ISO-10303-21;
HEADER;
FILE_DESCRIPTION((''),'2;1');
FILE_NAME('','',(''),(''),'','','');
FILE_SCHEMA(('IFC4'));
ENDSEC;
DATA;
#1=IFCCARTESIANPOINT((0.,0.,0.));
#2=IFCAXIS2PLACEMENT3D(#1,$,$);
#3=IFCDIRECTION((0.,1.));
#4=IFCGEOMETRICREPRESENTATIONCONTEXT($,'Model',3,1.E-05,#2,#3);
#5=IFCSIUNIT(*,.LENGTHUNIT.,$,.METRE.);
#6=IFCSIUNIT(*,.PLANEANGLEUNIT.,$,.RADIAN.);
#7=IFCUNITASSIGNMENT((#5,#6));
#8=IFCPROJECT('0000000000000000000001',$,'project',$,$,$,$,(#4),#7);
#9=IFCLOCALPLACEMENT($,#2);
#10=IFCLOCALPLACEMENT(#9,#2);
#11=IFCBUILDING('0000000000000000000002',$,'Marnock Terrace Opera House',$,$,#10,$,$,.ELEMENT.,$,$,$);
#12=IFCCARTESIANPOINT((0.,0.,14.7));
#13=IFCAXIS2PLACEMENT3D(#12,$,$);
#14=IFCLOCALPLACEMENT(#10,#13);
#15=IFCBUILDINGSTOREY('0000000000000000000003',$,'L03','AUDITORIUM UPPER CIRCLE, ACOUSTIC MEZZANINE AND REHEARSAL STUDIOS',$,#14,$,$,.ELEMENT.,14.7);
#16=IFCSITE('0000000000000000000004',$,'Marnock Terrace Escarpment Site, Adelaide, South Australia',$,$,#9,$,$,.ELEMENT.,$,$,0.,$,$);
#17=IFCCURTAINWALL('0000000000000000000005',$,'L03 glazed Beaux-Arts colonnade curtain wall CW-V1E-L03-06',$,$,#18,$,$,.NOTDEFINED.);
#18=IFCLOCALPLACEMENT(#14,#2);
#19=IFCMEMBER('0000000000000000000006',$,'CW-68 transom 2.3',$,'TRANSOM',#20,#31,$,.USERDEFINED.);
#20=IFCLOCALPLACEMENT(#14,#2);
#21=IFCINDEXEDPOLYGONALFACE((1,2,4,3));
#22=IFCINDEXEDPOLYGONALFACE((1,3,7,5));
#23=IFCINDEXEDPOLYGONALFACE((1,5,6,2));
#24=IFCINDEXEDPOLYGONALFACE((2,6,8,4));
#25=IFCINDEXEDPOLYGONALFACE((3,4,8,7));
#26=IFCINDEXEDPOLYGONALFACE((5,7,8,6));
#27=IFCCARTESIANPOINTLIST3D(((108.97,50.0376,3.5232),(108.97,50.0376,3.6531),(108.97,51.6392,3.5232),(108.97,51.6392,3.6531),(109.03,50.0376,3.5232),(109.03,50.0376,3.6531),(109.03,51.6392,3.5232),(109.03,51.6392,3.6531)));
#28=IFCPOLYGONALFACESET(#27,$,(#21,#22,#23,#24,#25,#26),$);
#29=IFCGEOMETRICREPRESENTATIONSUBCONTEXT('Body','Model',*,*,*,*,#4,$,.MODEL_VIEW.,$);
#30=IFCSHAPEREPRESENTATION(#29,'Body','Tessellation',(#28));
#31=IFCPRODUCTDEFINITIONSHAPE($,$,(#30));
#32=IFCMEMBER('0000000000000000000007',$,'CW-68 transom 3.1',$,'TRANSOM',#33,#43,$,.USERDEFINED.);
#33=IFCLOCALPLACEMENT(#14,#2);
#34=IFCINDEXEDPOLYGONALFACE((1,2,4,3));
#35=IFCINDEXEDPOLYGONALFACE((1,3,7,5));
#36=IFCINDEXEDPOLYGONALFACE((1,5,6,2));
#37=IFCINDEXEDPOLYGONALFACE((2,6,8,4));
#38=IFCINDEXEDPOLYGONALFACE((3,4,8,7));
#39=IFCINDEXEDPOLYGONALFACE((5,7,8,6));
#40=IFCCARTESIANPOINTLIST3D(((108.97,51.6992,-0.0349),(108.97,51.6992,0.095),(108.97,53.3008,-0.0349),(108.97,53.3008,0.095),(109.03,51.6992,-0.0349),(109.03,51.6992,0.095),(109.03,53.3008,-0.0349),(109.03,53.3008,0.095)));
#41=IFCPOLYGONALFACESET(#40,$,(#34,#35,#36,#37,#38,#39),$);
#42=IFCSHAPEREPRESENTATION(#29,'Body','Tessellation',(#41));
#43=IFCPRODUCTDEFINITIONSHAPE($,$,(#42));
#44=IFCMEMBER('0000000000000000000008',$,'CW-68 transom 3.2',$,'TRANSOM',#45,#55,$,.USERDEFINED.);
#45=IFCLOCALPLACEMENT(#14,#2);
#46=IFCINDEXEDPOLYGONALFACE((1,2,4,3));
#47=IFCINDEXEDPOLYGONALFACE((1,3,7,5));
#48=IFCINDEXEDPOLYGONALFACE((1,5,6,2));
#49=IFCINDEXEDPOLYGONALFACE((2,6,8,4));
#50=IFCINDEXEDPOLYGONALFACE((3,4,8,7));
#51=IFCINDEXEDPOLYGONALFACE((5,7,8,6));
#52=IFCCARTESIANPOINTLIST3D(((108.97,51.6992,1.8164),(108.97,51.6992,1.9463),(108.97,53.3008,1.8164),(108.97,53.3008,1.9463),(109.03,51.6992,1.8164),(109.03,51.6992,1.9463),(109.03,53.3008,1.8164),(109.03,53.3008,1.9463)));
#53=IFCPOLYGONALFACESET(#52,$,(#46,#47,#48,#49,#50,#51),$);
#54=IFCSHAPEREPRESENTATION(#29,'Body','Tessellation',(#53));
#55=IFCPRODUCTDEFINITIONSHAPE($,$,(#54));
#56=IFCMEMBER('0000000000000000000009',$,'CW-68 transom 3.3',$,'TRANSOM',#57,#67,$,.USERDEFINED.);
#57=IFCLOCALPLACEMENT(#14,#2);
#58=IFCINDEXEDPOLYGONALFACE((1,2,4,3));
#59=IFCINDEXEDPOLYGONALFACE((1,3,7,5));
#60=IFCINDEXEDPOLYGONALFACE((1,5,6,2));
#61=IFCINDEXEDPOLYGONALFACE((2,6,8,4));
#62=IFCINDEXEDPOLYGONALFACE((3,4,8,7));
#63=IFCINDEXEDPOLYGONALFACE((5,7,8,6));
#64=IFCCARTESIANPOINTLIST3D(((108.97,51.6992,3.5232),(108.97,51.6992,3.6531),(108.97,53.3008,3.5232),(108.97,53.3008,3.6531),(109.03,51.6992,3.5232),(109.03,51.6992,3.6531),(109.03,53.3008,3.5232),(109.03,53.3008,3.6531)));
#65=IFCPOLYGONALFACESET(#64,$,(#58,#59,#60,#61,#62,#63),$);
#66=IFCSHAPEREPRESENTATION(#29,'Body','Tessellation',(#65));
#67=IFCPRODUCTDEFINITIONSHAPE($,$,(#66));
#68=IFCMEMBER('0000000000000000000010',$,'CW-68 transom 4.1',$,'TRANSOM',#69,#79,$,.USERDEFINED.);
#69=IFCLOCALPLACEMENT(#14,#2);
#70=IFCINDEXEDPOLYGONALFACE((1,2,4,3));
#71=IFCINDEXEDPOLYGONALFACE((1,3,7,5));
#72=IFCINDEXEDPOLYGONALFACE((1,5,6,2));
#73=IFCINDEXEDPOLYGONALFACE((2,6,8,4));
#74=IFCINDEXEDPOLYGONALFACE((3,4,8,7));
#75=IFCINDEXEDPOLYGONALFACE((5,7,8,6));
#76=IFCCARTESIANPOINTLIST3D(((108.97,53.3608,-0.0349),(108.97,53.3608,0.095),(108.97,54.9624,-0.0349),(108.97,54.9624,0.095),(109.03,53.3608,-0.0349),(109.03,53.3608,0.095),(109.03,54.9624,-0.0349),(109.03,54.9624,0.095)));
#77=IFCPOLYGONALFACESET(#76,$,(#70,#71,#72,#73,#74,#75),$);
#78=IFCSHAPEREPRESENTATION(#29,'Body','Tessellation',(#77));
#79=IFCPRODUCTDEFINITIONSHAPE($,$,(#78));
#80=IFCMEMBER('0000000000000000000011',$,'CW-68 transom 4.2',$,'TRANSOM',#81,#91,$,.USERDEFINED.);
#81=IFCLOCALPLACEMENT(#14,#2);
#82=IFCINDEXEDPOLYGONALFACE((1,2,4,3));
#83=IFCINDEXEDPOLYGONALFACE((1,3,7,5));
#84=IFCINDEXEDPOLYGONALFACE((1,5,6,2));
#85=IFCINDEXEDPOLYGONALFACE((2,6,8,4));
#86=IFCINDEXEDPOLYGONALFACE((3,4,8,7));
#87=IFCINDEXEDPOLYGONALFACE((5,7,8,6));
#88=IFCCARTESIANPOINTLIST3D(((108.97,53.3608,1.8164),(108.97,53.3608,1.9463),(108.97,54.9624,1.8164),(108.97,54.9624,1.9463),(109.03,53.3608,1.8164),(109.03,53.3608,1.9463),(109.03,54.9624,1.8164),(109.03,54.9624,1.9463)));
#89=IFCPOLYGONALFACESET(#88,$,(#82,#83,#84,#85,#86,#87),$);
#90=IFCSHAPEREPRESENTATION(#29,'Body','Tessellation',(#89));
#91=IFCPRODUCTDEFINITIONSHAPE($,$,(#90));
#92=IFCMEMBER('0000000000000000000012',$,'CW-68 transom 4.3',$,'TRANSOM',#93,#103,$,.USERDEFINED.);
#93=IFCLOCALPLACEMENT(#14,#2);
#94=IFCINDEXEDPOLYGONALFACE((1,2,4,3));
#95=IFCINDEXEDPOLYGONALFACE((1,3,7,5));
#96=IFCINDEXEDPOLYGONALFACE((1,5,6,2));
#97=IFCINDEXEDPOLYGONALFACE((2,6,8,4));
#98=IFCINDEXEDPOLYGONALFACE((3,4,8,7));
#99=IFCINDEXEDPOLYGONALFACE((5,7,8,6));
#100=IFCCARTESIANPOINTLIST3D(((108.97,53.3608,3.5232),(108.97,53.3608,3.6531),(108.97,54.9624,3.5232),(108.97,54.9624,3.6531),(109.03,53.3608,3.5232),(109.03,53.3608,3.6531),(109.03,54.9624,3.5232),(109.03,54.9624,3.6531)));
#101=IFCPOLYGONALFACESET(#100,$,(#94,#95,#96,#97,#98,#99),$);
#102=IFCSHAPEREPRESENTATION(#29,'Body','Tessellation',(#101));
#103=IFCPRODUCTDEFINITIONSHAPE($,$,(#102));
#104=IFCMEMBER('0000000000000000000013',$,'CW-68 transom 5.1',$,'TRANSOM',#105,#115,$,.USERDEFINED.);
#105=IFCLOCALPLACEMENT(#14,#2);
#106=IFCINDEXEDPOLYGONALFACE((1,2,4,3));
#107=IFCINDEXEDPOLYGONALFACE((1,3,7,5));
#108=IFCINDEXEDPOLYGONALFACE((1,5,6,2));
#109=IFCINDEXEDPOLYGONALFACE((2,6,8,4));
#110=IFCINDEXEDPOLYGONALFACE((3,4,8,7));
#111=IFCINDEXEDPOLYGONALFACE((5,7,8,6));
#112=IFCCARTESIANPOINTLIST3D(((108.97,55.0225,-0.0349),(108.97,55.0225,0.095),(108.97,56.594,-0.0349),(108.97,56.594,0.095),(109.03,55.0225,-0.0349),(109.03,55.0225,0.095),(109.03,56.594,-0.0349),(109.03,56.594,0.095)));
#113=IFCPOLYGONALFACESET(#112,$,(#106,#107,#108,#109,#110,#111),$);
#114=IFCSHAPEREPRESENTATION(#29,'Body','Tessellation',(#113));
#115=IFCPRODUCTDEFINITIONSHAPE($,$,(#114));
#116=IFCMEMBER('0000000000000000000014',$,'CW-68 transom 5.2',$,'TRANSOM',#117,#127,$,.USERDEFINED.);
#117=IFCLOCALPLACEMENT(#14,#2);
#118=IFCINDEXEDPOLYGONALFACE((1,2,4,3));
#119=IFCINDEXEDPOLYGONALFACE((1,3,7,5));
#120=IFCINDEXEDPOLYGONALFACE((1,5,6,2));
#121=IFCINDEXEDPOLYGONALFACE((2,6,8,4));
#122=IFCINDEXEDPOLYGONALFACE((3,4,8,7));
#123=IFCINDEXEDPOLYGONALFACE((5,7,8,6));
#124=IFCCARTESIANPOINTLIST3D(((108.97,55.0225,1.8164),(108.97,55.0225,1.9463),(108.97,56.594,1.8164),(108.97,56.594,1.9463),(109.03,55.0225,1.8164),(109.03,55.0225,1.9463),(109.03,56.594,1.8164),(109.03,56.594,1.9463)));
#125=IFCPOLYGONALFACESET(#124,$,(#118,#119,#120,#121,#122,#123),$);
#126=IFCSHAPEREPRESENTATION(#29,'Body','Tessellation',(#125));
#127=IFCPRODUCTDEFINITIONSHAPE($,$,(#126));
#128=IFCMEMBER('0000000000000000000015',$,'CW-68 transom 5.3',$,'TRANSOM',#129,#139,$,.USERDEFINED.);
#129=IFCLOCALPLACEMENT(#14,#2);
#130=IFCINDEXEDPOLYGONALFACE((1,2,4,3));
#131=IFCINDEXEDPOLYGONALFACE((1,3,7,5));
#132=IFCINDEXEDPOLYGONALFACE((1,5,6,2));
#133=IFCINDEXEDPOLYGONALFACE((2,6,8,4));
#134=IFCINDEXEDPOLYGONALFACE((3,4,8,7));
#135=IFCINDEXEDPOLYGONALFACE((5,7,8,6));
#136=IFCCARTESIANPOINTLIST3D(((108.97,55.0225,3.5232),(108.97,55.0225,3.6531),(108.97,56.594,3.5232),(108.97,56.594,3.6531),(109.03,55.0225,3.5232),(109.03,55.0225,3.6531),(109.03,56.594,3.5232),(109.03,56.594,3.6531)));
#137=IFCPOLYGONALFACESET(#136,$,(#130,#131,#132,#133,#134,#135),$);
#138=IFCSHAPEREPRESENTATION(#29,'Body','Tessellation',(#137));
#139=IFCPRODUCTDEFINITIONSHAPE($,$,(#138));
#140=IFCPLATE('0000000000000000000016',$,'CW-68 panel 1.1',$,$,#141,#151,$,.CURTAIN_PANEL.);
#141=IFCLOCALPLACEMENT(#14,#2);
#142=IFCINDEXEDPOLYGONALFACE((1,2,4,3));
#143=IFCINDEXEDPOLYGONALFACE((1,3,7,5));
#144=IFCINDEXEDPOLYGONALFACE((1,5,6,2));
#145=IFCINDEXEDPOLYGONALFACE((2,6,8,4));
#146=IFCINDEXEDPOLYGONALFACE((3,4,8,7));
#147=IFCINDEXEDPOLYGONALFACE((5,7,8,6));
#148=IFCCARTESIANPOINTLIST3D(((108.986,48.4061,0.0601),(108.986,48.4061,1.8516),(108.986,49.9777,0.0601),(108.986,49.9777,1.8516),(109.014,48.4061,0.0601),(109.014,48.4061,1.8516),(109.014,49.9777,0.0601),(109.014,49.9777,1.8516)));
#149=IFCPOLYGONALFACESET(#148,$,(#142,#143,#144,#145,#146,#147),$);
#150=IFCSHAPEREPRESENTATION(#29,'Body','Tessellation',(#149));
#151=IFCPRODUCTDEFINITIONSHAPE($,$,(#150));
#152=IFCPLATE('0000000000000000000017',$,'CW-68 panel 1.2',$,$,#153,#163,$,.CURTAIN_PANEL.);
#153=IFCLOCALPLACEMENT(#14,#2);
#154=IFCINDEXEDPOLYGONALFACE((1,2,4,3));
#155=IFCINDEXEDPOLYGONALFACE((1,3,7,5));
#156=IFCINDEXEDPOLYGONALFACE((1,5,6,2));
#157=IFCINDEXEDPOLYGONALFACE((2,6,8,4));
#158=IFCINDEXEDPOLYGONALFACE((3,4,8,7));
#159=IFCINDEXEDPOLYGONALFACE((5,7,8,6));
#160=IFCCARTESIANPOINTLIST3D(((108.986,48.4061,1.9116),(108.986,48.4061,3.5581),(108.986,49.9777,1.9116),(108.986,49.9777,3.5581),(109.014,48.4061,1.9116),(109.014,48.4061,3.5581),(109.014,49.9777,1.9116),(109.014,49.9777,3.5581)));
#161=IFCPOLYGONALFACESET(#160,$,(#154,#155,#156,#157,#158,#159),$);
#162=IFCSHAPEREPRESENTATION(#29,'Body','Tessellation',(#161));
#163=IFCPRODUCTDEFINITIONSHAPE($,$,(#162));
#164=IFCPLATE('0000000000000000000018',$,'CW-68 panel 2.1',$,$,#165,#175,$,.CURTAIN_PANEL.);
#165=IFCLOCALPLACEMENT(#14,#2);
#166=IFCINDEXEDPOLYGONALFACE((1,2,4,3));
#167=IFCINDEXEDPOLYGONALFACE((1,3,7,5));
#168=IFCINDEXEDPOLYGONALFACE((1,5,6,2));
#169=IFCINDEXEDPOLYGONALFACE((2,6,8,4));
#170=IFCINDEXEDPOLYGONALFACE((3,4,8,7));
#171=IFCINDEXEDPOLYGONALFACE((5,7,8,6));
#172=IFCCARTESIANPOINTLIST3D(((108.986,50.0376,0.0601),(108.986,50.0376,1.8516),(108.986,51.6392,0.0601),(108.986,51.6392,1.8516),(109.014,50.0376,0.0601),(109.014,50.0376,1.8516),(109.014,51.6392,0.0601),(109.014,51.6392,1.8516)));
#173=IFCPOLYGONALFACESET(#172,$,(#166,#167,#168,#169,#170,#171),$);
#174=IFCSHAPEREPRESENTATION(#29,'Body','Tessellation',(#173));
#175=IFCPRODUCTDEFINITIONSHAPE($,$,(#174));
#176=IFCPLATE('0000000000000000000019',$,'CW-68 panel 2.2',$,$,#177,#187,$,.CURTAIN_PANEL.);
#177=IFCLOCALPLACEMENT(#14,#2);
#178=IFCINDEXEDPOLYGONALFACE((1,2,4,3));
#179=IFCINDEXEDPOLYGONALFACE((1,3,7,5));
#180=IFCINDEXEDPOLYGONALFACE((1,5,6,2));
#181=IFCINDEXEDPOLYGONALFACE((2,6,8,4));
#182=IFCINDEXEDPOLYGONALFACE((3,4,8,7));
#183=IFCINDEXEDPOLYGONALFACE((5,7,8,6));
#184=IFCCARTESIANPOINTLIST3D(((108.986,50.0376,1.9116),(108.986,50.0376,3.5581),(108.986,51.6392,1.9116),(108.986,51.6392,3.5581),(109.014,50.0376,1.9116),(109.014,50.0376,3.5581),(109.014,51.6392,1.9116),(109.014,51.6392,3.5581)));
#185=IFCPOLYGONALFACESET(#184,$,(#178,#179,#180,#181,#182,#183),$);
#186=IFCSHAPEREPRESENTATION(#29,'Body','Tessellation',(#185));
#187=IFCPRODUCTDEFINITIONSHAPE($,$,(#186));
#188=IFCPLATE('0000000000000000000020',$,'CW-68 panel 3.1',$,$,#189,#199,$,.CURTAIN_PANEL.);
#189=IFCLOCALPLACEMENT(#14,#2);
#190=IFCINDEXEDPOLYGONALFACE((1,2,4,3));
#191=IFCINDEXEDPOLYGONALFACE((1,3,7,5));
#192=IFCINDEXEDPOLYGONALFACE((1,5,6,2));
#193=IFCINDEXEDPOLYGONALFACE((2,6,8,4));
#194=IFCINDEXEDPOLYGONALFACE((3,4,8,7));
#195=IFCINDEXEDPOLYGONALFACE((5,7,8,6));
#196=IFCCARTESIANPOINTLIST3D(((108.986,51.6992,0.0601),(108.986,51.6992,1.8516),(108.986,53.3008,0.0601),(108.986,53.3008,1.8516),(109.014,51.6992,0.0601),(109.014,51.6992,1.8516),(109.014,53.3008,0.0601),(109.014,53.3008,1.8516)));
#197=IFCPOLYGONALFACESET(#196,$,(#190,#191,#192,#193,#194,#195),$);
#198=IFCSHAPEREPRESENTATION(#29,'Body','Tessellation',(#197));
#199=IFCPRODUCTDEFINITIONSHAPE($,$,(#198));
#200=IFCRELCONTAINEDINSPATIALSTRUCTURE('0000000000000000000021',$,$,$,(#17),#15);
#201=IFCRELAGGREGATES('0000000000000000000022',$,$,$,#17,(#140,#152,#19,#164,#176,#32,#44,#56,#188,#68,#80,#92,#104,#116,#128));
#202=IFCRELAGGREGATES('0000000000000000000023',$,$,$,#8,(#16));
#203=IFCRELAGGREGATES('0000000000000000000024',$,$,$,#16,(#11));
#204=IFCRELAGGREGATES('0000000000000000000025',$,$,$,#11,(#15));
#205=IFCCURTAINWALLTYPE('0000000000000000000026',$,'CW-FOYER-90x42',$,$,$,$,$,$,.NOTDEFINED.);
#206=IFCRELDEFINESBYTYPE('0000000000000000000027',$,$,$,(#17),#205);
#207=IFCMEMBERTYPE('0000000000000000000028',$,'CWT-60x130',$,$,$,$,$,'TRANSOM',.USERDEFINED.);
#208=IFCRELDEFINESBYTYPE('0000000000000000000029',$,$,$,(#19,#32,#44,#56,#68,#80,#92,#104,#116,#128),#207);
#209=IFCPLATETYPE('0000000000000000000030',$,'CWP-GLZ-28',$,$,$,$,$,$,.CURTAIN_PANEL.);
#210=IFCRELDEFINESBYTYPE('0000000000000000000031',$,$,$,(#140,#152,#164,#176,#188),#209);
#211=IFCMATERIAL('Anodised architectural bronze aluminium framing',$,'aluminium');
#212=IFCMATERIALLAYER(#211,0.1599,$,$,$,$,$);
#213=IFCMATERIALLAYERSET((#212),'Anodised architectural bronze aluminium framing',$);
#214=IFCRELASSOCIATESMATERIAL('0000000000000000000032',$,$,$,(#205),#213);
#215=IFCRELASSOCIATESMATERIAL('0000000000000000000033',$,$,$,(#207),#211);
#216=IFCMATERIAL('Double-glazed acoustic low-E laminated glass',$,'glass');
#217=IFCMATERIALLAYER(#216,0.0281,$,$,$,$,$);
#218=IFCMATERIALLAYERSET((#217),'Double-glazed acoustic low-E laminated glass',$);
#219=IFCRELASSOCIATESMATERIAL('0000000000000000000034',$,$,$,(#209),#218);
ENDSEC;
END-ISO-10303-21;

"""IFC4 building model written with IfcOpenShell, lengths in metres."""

from ifc_helpers import new_model, si_unit, direction, frame, origin, origin_2d, place, context, subcontext, project, spatial, rectangle, extrude, material, layer, layer_set, material_profile, profile_set, type_object, element, aggregate, save


model = new_model("IFC4")

# Units and contexts
model_context = context("Model", 3, precision=1e-05, world=origin(), true_north=direction((0.0, 1.0)))
body_context = subcontext(model_context, "Body", "Model", "MODEL_VIEW")
ifc_project = project(units=[si_unit("LENGTHUNIT", "METRE"), si_unit("PLANEANGLEUNIT", "RADIAN")], contexts=[model_context])

# Site, building, storey
site_placement = place(None, origin())
site = spatial("IfcSite", under=ifc_project, at=site_placement, Name="Marnock Terrace Escarpment Site, Adelaide, South Australia", CompositionType="ELEMENT", RefElevation=0.0)
building_placement = place(site_placement, origin())
building = spatial("IfcBuilding", under=site, at=building_placement, Name="Marnock Terrace Opera House", CompositionType="ELEMENT")
storey_placement = place(building_placement, frame((0.0, 0.0, 14.7)))
storey = spatial("IfcBuildingStorey", under=building, at=storey_placement, Name="L03", Description="AUDITORIUM UPPER CIRCLE, ACOUSTIC MEZZANINE AND REHEARSAL STUDIOS", CompositionType="ELEMENT", Elevation=14.7)

# Shared definitions
ifc_material_1 = material(Name="Anodised architectural bronze aluminium framing", Category="aluminium")

# Curtain wall, members, plates
ifc_layer_1 = layer(ifc_material_1, 0.1599)
ifc_layer_set_1 = layer_set([ifc_layer_1], Name="Anodised architectural bronze aluminium framing")
curtain_wall_type_1 = type_object("IfcCurtainWallType", Name="CW-FOYER-90x42", PredefinedType="NOTDEFINED", material=ifc_layer_set_1)
curtain_wall_1_placement = place(storey_placement, origin())
curtain_wall_1 = element("IfcCurtainWall", 1, at=curtain_wall_1_placement, inside=storey, type_object=curtain_wall_type_1, Name="L03 glazed Beaux-Arts colonnade curtain wall CW-V1E-L03-06", PredefinedType="NOTDEFINED")
ifc_material_profile_1 = material_profile(ifc_material_1, rectangle(XDim=0.0601, YDim=0.1299, at=origin_2d()))
ifc_profile_set_1 = profile_set([ifc_material_profile_1], Name="Anodised architectural bronze aluminium framing")
member_type_1 = type_object("IfcMemberType", Name="CWT-60x130", ElementType="TRANSOM", PredefinedType="USERDEFINED", material=ifc_profile_set_1)
member_1_placement = place(storey_placement, frame((109.0, 50.0376, 3.5881), z_axis=(0.0, 1.0, 0.0), x_axis=(-1.0, 0.0, 0.0)))
member_1 = element("IfcMember", 2, at=member_1_placement, type_object=member_type_1, Name="CW-68 transom 2.3", ObjectType="TRANSOM", PredefinedType="USERDEFINED", context=body_context, shape_type="SweptSolid", body=[
    extrude(rectangle(XDim=0.0601, YDim=0.1299, at=origin_2d()), origin(), (0.0, 0.0, 1.0), 1.6016),
])
member_2_placement = place(storey_placement, frame((109.0, 51.6992, 0.03), z_axis=(0.0, 1.0, 0.0), x_axis=(-1.0, 0.0, 0.0)))
member_2 = element("IfcMember", 3, at=member_2_placement, type_object=member_type_1, Name="CW-68 transom 3.1", ObjectType="TRANSOM", PredefinedType="USERDEFINED", context=body_context, shape_type="SweptSolid", body=[
    extrude(rectangle(XDim=0.0601, YDim=0.1299, at=origin_2d()), origin(), (0.0, 0.0, 1.0), 1.6016),
])
member_3_placement = place(storey_placement, frame((109.0, 51.6992, 1.8813), z_axis=(0.0, 1.0, 0.0), x_axis=(-1.0, 0.0, 0.0)))
member_3 = element("IfcMember", 4, at=member_3_placement, type_object=member_type_1, Name="CW-68 transom 3.2", ObjectType="TRANSOM", PredefinedType="USERDEFINED", context=body_context, shape_type="SweptSolid", body=[
    extrude(rectangle(XDim=0.0601, YDim=0.1299, at=origin_2d()), origin(), (0.0, 0.0, 1.0), 1.6016),
])
member_4_placement = place(storey_placement, frame((109.0, 51.6992, 3.5881), z_axis=(0.0, 1.0, 0.0), x_axis=(-1.0, 0.0, 0.0)))
member_4 = element("IfcMember", 5, at=member_4_placement, type_object=member_type_1, Name="CW-68 transom 3.3", ObjectType="TRANSOM", PredefinedType="USERDEFINED", context=body_context, shape_type="SweptSolid", body=[
    extrude(rectangle(XDim=0.0601, YDim=0.1299, at=origin_2d()), origin(), (0.0, 0.0, 1.0), 1.6016),
])
member_5_placement = place(storey_placement, frame((109.0, 53.3608, 0.03), z_axis=(0.0, 1.0, 0.0), x_axis=(-1.0, 0.0, 0.0)))
member_5 = element("IfcMember", 6, at=member_5_placement, type_object=member_type_1, Name="CW-68 transom 4.1", ObjectType="TRANSOM", PredefinedType="USERDEFINED", context=body_context, shape_type="SweptSolid", body=[
    extrude(rectangle(XDim=0.0601, YDim=0.1299, at=origin_2d()), origin(), (0.0, 0.0, 1.0), 1.6016),
])
member_6_placement = place(storey_placement, frame((109.0, 53.3608, 1.8813), z_axis=(0.0, 1.0, 0.0), x_axis=(-1.0, 0.0, 0.0)))
member_6 = element("IfcMember", 7, at=member_6_placement, type_object=member_type_1, Name="CW-68 transom 4.2", ObjectType="TRANSOM", PredefinedType="USERDEFINED", context=body_context, shape_type="SweptSolid", body=[
    extrude(rectangle(XDim=0.0601, YDim=0.1299, at=origin_2d()), origin(), (0.0, 0.0, 1.0), 1.6016),
])
member_7_placement = place(storey_placement, frame((109.0, 53.3608, 3.5881), z_axis=(0.0, 1.0, 0.0), x_axis=(-1.0, 0.0, 0.0)))
member_7 = element("IfcMember", 8, at=member_7_placement, type_object=member_type_1, Name="CW-68 transom 4.3", ObjectType="TRANSOM", PredefinedType="USERDEFINED", context=body_context, shape_type="SweptSolid", body=[
    extrude(rectangle(XDim=0.0601, YDim=0.1299, at=origin_2d()), origin(), (0.0, 0.0, 1.0), 1.6016),
])
member_8_placement = place(storey_placement, frame((109.0, 55.0225, 0.03), z_axis=(0.0, 1.0, 0.0), x_axis=(-1.0, 0.0, 0.0)))
member_8 = element("IfcMember", 9, at=member_8_placement, type_object=member_type_1, Name="CW-68 transom 5.1", ObjectType="TRANSOM", PredefinedType="USERDEFINED", context=body_context, shape_type="SweptSolid", body=[
    extrude(rectangle(XDim=0.0601, YDim=0.1299, at=origin_2d()), origin(), (0.0, 0.0, 1.0), 1.5715),
])
member_9_placement = place(storey_placement, frame((109.0, 55.0225, 1.8813), z_axis=(0.0, 1.0, 0.0), x_axis=(-1.0, 0.0, 0.0)))
member_9 = element("IfcMember", 10, at=member_9_placement, type_object=member_type_1, Name="CW-68 transom 5.2", ObjectType="TRANSOM", PredefinedType="USERDEFINED", context=body_context, shape_type="SweptSolid", body=[
    extrude(rectangle(XDim=0.0601, YDim=0.1299, at=origin_2d()), origin(), (0.0, 0.0, 1.0), 1.5715),
])
member_10_placement = place(storey_placement, frame((109.0, 55.0225, 3.5881), z_axis=(0.0, 1.0, 0.0), x_axis=(-1.0, 0.0, 0.0)))
member_10 = element("IfcMember", 11, at=member_10_placement, type_object=member_type_1, Name="CW-68 transom 5.3", ObjectType="TRANSOM", PredefinedType="USERDEFINED", context=body_context, shape_type="SweptSolid", body=[
    extrude(rectangle(XDim=0.0601, YDim=0.1299, at=origin_2d()), origin(), (0.0, 0.0, 1.0), 1.5715),
])
ifc_material_2 = material(Name="Double-glazed acoustic low-E laminated glass", Category="glass")
ifc_layer_2 = layer(ifc_material_2, 0.0281)
ifc_layer_set_2 = layer_set([ifc_layer_2], Name="Double-glazed acoustic low-E laminated glass")
plate_type = type_object("IfcPlateType", Name="CWP-GLZ-28", PredefinedType="CURTAIN_PANEL", material=ifc_layer_set_2)
plate_1_placement = place(storey_placement, frame((109.0, 49.1919, 0.0601), z_axis=(0.0, 0.0, 1.0), x_axis=(0.0, 1.0, 0.0)))
plate_1 = element("IfcPlate", 12, at=plate_1_placement, type_object=plate_type, Name="CW-68 panel 1.1", PredefinedType="CURTAIN_PANEL", context=body_context, shape_type="SweptSolid", body=[
    extrude(rectangle(XDim=1.5715, YDim=0.0281, at=origin_2d()), origin(), (0.0, 0.0, 1.0), 1.7915),
])
plate_2_placement = place(storey_placement, frame((109.0, 49.1919, 1.9116), z_axis=(0.0, 0.0, 1.0), x_axis=(0.0, 1.0, 0.0)))
plate_2 = element("IfcPlate", 13, at=plate_2_placement, type_object=plate_type, Name="CW-68 panel 1.2", PredefinedType="CURTAIN_PANEL", context=body_context, shape_type="SweptSolid", body=[
    extrude(rectangle(XDim=1.5715, YDim=0.0281, at=origin_2d()), origin(), (0.0, 0.0, 1.0), 1.6465),
])
plate_3_placement = place(storey_placement, frame((109.0, 50.8384, 0.0601), z_axis=(0.0, 0.0, 1.0), x_axis=(0.0, 1.0, 0.0)))
plate_3 = element("IfcPlate", 14, at=plate_3_placement, type_object=plate_type, Name="CW-68 panel 2.1", PredefinedType="CURTAIN_PANEL", context=body_context, shape_type="SweptSolid", body=[
    extrude(rectangle(XDim=1.6016, YDim=0.0281, at=origin_2d()), origin(), (0.0, 0.0, 1.0), 1.7915),
])
plate_4_placement = place(storey_placement, frame((109.0, 50.8384, 1.9116), z_axis=(0.0, 0.0, 1.0), x_axis=(0.0, 1.0, 0.0)))
plate_4 = element("IfcPlate", 15, at=plate_4_placement, type_object=plate_type, Name="CW-68 panel 2.2", PredefinedType="CURTAIN_PANEL", context=body_context, shape_type="SweptSolid", body=[
    extrude(rectangle(XDim=1.6016, YDim=0.0281, at=origin_2d()), origin(), (0.0, 0.0, 1.0), 1.6465),
])
plate_5_placement = place(storey_placement, frame((109.0, 52.5, 0.0601), z_axis=(0.0, 0.0, 1.0), x_axis=(0.0, 1.0, 0.0)))
plate_5 = element("IfcPlate", 16, at=plate_5_placement, type_object=plate_type, Name="CW-68 panel 3.1", PredefinedType="CURTAIN_PANEL", context=body_context, shape_type="SweptSolid", body=[
    extrude(rectangle(XDim=1.6016, YDim=0.0281, at=origin_2d()), origin(), (0.0, 0.0, 1.0), 1.7915),
])
aggregate(curtain_wall_1, [plate_1, plate_2, member_1, plate_3, plate_4, member_2, member_3, member_4, plate_5, member_5, member_6, member_7, member_8, member_9, member_10])

save(model, "model.ifc")
